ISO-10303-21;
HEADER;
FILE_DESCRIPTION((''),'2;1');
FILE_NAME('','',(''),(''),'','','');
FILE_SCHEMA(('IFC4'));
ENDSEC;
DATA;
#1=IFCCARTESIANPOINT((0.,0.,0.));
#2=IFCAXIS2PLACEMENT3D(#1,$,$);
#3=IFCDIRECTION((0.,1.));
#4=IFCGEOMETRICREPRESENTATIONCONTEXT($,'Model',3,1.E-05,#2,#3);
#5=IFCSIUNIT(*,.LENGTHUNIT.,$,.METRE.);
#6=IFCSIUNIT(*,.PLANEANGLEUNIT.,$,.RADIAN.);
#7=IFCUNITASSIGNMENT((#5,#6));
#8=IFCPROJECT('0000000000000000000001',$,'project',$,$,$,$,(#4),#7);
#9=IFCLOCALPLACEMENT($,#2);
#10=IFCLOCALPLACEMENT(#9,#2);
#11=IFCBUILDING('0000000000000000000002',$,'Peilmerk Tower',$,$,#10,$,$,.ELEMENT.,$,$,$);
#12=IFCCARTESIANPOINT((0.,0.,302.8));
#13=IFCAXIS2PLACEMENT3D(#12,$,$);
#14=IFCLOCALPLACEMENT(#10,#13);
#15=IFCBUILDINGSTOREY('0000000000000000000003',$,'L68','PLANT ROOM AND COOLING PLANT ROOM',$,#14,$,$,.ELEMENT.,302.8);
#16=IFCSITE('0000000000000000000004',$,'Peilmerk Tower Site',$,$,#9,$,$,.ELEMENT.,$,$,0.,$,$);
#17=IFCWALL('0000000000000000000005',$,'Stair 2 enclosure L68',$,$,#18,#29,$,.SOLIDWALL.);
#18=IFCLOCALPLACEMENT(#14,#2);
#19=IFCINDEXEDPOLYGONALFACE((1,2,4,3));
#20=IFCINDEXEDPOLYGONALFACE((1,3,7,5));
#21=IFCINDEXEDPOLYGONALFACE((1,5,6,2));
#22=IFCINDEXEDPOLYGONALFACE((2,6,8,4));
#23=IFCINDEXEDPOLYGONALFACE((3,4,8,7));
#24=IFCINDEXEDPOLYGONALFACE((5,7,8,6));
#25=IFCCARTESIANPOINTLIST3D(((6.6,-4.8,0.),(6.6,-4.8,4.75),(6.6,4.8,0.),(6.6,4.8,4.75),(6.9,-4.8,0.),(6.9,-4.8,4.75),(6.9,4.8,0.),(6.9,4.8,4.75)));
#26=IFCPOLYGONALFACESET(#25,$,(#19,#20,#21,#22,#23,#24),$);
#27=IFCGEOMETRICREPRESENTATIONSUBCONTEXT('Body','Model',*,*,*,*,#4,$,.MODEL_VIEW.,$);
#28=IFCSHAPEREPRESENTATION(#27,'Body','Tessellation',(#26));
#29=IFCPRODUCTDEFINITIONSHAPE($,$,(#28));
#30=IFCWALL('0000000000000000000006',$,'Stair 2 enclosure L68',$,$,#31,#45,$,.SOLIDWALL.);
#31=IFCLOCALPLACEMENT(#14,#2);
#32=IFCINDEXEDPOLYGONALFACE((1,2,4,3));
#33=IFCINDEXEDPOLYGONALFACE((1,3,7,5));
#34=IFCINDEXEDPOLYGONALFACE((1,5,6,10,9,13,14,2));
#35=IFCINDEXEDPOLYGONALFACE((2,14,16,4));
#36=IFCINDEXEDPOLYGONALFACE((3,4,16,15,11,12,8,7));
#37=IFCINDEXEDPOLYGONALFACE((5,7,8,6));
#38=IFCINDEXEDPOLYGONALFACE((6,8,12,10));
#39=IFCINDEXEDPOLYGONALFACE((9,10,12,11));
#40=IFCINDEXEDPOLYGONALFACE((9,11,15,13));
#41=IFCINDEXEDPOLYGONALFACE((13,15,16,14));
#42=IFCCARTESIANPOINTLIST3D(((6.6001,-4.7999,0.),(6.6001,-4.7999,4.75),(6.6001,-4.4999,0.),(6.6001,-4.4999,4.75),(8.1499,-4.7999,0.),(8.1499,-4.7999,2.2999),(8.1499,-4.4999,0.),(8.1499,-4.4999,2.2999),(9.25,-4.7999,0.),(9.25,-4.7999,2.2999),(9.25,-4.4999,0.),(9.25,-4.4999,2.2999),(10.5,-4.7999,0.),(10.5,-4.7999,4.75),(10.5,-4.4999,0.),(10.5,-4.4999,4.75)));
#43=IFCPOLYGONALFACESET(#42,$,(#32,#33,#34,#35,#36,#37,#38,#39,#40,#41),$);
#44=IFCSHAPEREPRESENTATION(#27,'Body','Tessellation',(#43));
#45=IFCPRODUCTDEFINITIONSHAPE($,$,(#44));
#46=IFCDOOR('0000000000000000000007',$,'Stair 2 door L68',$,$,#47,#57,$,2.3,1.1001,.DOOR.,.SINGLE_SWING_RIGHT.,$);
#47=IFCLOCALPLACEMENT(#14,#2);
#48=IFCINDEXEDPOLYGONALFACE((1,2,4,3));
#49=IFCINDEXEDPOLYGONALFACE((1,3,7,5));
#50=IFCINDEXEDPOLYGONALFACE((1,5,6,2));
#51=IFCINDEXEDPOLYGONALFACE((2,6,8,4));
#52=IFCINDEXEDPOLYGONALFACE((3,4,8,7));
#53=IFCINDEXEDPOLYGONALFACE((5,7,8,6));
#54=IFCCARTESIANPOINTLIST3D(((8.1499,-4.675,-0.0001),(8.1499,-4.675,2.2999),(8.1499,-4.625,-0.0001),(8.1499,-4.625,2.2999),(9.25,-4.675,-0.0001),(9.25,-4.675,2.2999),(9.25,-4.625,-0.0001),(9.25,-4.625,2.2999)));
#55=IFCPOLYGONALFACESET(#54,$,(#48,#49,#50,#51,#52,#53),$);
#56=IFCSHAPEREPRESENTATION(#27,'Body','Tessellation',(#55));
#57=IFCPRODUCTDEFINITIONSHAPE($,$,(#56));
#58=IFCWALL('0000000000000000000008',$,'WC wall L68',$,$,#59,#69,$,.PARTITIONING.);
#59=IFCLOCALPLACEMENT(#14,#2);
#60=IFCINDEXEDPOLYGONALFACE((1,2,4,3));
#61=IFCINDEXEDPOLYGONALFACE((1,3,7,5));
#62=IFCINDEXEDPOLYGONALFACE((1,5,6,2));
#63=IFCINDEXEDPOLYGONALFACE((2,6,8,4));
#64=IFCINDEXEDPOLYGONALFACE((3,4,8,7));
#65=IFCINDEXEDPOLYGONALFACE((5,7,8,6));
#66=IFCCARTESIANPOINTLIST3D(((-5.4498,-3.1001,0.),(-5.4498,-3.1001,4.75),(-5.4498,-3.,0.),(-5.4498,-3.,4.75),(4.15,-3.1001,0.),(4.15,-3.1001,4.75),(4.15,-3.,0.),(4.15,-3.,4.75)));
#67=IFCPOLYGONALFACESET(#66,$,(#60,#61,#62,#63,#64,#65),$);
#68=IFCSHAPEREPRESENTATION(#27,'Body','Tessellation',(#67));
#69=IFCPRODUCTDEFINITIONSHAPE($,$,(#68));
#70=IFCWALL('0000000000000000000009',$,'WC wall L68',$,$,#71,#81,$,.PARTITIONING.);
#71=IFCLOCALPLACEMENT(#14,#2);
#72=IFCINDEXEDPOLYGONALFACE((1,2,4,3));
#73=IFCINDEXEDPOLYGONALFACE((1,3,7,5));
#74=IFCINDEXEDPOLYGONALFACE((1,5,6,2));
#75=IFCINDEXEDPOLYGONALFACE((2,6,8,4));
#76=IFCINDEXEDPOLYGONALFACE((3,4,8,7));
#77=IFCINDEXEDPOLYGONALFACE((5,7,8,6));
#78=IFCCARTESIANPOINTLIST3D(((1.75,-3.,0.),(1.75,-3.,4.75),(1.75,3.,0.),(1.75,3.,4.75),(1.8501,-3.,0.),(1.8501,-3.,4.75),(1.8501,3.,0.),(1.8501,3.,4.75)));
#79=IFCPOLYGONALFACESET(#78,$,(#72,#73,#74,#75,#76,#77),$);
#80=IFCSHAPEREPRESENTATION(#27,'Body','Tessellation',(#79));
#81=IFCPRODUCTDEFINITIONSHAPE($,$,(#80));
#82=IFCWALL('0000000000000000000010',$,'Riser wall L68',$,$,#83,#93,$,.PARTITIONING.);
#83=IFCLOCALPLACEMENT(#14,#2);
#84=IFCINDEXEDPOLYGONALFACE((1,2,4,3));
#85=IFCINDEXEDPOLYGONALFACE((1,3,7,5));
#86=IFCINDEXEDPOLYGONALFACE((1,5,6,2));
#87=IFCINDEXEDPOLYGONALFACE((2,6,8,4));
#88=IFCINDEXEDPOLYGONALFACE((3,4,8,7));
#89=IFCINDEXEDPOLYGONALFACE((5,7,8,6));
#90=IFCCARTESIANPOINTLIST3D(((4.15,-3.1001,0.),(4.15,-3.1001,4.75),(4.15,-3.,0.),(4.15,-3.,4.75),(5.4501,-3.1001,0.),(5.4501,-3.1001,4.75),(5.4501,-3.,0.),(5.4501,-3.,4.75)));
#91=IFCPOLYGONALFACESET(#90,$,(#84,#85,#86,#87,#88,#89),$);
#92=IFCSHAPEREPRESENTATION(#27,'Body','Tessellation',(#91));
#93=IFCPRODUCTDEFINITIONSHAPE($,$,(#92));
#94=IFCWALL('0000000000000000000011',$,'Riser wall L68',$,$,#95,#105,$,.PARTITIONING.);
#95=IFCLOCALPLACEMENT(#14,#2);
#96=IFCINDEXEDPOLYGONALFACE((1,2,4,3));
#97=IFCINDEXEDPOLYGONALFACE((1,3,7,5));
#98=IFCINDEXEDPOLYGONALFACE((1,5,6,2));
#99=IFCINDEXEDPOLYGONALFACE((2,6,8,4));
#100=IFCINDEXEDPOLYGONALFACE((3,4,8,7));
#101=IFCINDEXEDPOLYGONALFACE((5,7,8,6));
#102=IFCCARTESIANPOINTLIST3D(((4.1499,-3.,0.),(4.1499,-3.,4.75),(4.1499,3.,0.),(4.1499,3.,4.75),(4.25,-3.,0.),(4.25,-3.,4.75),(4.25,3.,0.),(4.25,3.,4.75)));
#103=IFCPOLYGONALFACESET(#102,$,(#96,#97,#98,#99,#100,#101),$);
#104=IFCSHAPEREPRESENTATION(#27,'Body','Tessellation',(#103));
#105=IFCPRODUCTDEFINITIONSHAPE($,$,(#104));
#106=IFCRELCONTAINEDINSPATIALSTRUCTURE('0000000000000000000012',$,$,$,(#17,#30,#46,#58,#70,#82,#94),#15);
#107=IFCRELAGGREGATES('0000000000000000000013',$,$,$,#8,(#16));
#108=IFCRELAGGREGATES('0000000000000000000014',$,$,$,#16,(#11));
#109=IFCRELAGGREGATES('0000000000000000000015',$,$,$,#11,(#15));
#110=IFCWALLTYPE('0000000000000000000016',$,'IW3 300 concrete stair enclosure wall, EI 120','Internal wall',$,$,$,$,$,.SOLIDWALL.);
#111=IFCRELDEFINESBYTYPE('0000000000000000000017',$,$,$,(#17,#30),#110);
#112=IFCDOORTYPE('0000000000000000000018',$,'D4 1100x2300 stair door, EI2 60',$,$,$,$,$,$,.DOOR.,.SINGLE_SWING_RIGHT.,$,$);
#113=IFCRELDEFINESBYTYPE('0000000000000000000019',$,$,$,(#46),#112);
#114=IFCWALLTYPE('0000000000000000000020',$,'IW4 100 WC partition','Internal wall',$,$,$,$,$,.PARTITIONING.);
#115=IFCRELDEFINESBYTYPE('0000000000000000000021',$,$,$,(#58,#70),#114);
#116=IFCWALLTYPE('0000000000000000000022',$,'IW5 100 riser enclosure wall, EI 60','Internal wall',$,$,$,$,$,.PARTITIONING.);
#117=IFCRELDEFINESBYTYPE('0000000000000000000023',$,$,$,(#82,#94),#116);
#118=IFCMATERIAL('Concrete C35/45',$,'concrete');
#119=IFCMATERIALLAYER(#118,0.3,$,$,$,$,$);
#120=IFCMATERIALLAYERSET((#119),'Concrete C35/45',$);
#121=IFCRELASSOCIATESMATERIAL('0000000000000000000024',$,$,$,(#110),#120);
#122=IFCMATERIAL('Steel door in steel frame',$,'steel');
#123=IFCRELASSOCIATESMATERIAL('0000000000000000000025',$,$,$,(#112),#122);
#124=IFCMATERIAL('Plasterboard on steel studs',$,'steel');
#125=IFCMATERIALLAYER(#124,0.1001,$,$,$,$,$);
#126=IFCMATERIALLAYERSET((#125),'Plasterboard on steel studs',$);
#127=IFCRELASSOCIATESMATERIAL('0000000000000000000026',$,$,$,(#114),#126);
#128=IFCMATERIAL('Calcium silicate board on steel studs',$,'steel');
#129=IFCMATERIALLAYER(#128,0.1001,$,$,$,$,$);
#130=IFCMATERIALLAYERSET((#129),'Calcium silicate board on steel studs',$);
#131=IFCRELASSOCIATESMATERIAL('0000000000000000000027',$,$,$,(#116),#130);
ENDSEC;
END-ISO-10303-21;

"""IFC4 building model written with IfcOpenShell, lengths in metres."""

from ifc_helpers import new_model, si_unit, direction, frame, frame_2d, origin, place, context, subcontext, project, spatial, rectangle, extrude, material, layer, layer_set, type_object, element, fill, save


model = new_model("IFC4")

# Units and contexts
model_context = context("Model", 3, precision=1e-05, world=origin(), true_north=direction((0.0, 1.0)))
body_context = subcontext(model_context, "Body", "Model", "MODEL_VIEW")
ifc_project = project(units=[si_unit("LENGTHUNIT", "METRE"), si_unit("PLANEANGLEUNIT", "RADIAN")], contexts=[model_context])

# Site, building, storey
site_placement = place(None, origin())
site = spatial("IfcSite", under=ifc_project, at=site_placement, Name="Peilmerk Tower Site", CompositionType="ELEMENT", RefElevation=0.0)
building_placement = place(site_placement, origin())
building = spatial("IfcBuilding", under=site, at=building_placement, Name="Peilmerk Tower", CompositionType="ELEMENT")
storey_placement = place(building_placement, frame((0.0, 0.0, 302.8)))
storey = spatial("IfcBuildingStorey", under=building, at=storey_placement, Name="L68", Description="PLANT ROOM AND COOLING PLANT ROOM", CompositionType="ELEMENT", Elevation=302.8)

# Wall
ifc_material_1 = material(Name="Concrete C35/45", Category="concrete")
ifc_layer_1 = layer(ifc_material_1, 0.3)
ifc_layer_set_1 = layer_set([ifc_layer_1], Name="Concrete C35/45")
wall_type_1 = type_object("IfcWallType", Name="IW3 300 concrete stair enclosure wall, EI 120", Description="Internal wall", PredefinedType="SOLIDWALL", material=ifc_layer_set_1)
wall_1_placement = place(storey_placement, frame((6.75, -4.8, 0.0), z_axis=(0.0, 0.0, 1.0), x_axis=(0.0, 1.0, 0.0)))
element("IfcWall", 1, at=wall_1_placement, inside=storey, type_object=wall_type_1, Name="Stair 2 enclosure L68", PredefinedType="SOLIDWALL", context=body_context, shape_type="SweptSolid", body=[
    extrude(rectangle(XDim=9.6001, YDim=0.3, at=frame_2d((4.8, 0.0))), origin(), (0.0, 0.0, 1.0), 4.75),
])

# Wall, opening, door
wall_2_placement = place(storey_placement, frame((10.5, -4.6499, 0.0), z_axis=(0.0, 0.0, 1.0), x_axis=(-1.0, 0.0, 0.0)))
wall_2 = element("IfcWall", 2, at=wall_2_placement, inside=storey, type_object=wall_type_1, Name="Stair 2 enclosure L68", PredefinedType="SOLIDWALL", context=body_context, shape_type="SweptSolid", body=[
    extrude(rectangle(XDim=3.8999, YDim=0.3, at=frame_2d((1.95, 0.0))), origin(), (0.0, 0.0, 1.0), 4.75),
])
opening_1_placement = place(wall_2_placement, frame((1.25, 0.0, 0.0)))
opening_1 = element("IfcOpeningElement", 3, at=opening_1_placement, cuts=wall_2, PredefinedType="OPENING", context=body_context, shape_type="SweptSolid", body=[
    extrude(rectangle(XDim=1.1001, YDim=2.3, at=frame_2d((0.55, 1.1499))), frame((0.0, 0.1599, 0.0), z_axis=(0.0, -1.0, 0.0), x_axis=(1.0, 0.0, 0.0)), (0.0, 0.0, 1.0), 0.3201),
])
ifc_material_2 = material(Name="Steel door in steel frame", Category="steel")
door_type_1 = type_object("IfcDoorType", Name="D4 1100x2300 stair door, EI2 60", OperationType="SINGLE_SWING_RIGHT", PredefinedType="DOOR", material=ifc_material_2)
door_1_placement = place(opening_1_placement, frame((1.1001, 0.0, 0.0), z_axis=(0.0, 0.0, 1.0), x_axis=(-1.0, 0.0, 0.0)))
door_1 = element("IfcDoor", 4, at=door_1_placement, inside=storey, type_object=door_type_1, Name="Stair 2 door L68", OperationType="SINGLE_SWING_RIGHT", OverallHeight=2.3, OverallWidth=1.1001, PredefinedType="DOOR", context=body_context, shape_type="SweptSolid", body=[
    extrude(rectangle(XDim=1.1001, YDim=2.3, at=frame_2d((0.55, 1.1499))), frame((0.0, 0.0249, 0.0), z_axis=(0.0, -1.0, 0.0), x_axis=(1.0, 0.0, 0.0)), (0.0, 0.0, 1.0), 0.05),
])
fill(opening_1, door_1)

# Walls
ifc_material_3 = material(Name="Plasterboard on steel studs", Category="steel")
ifc_layer_2 = layer(ifc_material_3, 0.1001)
ifc_layer_set_2 = layer_set([ifc_layer_2], Name="Plasterboard on steel studs")
wall_type_2 = type_object("IfcWallType", Name="IW4 100 WC partition", Description="Internal wall", PredefinedType="PARTITIONING", material=ifc_layer_set_2)
wall_3_placement = place(storey_placement, frame((4.1499, -3.05, 0.0), z_axis=(0.0, 0.0, 1.0), x_axis=(-1.0, 0.0, 0.0)))
element("IfcWall", 5, at=wall_3_placement, inside=storey, type_object=wall_type_2, Name="WC wall L68", PredefinedType="PARTITIONING", context=body_context, shape_type="SweptSolid", body=[
    extrude(rectangle(XDim=9.5999, YDim=0.1001, at=frame_2d((4.7998, 0.0))), origin(), (0.0, 0.0, 1.0), 4.75),
])
wall_4_placement = place(storey_placement, frame((1.8, -3.0, 0.0), z_axis=(0.0, 0.0, 1.0), x_axis=(0.0, 1.0, 0.0)))
element("IfcWall", 6, at=wall_4_placement, inside=storey, type_object=wall_type_2, Name="WC wall L68", PredefinedType="PARTITIONING", context=body_context, shape_type="SweptSolid", body=[
    extrude(rectangle(XDim=6.0, YDim=0.1001, at=frame_2d((3.0, 0.0))), origin(), (0.0, 0.0, 1.0), 4.75),
])
ifc_material_4 = material(Name="Calcium silicate board on steel studs", Category="steel")
ifc_layer_3 = layer(ifc_material_4, 0.1001)
ifc_layer_set_3 = layer_set([ifc_layer_3], Name="Calcium silicate board on steel studs")
wall_type_3 = type_object("IfcWallType", Name="IW5 100 riser enclosure wall, EI 60", Description="Internal wall", PredefinedType="PARTITIONING", material=ifc_layer_set_3)
wall_5_placement = place(storey_placement, frame((5.45, -3.05, 0.0), z_axis=(0.0, 0.0, 1.0), x_axis=(-1.0, 0.0, 0.0)))
element("IfcWall", 7, at=wall_5_placement, inside=storey, type_object=wall_type_3, Name="Riser wall L68", PredefinedType="PARTITIONING", context=body_context, shape_type="SweptSolid", body=[
    extrude(rectangle(XDim=1.3, YDim=0.1001, at=frame_2d((0.6499, 0.0))), origin(), (0.0, 0.0, 1.0), 4.75),
])
wall_6_placement = place(storey_placement, frame((4.2, -3.0, 0.0), z_axis=(0.0, 0.0, 1.0), x_axis=(0.0, 1.0, 0.0)))
element("IfcWall", 8, at=wall_6_placement, inside=storey, type_object=wall_type_3, Name="Riser wall L68", PredefinedType="PARTITIONING", context=body_context, shape_type="SweptSolid", body=[
    extrude(rectangle(XDim=6.0, YDim=0.1001, at=frame_2d((3.0, 0.0))), origin(), (0.0, 0.0, 1.0), 4.75),
])

save(model, "model.ifc")
